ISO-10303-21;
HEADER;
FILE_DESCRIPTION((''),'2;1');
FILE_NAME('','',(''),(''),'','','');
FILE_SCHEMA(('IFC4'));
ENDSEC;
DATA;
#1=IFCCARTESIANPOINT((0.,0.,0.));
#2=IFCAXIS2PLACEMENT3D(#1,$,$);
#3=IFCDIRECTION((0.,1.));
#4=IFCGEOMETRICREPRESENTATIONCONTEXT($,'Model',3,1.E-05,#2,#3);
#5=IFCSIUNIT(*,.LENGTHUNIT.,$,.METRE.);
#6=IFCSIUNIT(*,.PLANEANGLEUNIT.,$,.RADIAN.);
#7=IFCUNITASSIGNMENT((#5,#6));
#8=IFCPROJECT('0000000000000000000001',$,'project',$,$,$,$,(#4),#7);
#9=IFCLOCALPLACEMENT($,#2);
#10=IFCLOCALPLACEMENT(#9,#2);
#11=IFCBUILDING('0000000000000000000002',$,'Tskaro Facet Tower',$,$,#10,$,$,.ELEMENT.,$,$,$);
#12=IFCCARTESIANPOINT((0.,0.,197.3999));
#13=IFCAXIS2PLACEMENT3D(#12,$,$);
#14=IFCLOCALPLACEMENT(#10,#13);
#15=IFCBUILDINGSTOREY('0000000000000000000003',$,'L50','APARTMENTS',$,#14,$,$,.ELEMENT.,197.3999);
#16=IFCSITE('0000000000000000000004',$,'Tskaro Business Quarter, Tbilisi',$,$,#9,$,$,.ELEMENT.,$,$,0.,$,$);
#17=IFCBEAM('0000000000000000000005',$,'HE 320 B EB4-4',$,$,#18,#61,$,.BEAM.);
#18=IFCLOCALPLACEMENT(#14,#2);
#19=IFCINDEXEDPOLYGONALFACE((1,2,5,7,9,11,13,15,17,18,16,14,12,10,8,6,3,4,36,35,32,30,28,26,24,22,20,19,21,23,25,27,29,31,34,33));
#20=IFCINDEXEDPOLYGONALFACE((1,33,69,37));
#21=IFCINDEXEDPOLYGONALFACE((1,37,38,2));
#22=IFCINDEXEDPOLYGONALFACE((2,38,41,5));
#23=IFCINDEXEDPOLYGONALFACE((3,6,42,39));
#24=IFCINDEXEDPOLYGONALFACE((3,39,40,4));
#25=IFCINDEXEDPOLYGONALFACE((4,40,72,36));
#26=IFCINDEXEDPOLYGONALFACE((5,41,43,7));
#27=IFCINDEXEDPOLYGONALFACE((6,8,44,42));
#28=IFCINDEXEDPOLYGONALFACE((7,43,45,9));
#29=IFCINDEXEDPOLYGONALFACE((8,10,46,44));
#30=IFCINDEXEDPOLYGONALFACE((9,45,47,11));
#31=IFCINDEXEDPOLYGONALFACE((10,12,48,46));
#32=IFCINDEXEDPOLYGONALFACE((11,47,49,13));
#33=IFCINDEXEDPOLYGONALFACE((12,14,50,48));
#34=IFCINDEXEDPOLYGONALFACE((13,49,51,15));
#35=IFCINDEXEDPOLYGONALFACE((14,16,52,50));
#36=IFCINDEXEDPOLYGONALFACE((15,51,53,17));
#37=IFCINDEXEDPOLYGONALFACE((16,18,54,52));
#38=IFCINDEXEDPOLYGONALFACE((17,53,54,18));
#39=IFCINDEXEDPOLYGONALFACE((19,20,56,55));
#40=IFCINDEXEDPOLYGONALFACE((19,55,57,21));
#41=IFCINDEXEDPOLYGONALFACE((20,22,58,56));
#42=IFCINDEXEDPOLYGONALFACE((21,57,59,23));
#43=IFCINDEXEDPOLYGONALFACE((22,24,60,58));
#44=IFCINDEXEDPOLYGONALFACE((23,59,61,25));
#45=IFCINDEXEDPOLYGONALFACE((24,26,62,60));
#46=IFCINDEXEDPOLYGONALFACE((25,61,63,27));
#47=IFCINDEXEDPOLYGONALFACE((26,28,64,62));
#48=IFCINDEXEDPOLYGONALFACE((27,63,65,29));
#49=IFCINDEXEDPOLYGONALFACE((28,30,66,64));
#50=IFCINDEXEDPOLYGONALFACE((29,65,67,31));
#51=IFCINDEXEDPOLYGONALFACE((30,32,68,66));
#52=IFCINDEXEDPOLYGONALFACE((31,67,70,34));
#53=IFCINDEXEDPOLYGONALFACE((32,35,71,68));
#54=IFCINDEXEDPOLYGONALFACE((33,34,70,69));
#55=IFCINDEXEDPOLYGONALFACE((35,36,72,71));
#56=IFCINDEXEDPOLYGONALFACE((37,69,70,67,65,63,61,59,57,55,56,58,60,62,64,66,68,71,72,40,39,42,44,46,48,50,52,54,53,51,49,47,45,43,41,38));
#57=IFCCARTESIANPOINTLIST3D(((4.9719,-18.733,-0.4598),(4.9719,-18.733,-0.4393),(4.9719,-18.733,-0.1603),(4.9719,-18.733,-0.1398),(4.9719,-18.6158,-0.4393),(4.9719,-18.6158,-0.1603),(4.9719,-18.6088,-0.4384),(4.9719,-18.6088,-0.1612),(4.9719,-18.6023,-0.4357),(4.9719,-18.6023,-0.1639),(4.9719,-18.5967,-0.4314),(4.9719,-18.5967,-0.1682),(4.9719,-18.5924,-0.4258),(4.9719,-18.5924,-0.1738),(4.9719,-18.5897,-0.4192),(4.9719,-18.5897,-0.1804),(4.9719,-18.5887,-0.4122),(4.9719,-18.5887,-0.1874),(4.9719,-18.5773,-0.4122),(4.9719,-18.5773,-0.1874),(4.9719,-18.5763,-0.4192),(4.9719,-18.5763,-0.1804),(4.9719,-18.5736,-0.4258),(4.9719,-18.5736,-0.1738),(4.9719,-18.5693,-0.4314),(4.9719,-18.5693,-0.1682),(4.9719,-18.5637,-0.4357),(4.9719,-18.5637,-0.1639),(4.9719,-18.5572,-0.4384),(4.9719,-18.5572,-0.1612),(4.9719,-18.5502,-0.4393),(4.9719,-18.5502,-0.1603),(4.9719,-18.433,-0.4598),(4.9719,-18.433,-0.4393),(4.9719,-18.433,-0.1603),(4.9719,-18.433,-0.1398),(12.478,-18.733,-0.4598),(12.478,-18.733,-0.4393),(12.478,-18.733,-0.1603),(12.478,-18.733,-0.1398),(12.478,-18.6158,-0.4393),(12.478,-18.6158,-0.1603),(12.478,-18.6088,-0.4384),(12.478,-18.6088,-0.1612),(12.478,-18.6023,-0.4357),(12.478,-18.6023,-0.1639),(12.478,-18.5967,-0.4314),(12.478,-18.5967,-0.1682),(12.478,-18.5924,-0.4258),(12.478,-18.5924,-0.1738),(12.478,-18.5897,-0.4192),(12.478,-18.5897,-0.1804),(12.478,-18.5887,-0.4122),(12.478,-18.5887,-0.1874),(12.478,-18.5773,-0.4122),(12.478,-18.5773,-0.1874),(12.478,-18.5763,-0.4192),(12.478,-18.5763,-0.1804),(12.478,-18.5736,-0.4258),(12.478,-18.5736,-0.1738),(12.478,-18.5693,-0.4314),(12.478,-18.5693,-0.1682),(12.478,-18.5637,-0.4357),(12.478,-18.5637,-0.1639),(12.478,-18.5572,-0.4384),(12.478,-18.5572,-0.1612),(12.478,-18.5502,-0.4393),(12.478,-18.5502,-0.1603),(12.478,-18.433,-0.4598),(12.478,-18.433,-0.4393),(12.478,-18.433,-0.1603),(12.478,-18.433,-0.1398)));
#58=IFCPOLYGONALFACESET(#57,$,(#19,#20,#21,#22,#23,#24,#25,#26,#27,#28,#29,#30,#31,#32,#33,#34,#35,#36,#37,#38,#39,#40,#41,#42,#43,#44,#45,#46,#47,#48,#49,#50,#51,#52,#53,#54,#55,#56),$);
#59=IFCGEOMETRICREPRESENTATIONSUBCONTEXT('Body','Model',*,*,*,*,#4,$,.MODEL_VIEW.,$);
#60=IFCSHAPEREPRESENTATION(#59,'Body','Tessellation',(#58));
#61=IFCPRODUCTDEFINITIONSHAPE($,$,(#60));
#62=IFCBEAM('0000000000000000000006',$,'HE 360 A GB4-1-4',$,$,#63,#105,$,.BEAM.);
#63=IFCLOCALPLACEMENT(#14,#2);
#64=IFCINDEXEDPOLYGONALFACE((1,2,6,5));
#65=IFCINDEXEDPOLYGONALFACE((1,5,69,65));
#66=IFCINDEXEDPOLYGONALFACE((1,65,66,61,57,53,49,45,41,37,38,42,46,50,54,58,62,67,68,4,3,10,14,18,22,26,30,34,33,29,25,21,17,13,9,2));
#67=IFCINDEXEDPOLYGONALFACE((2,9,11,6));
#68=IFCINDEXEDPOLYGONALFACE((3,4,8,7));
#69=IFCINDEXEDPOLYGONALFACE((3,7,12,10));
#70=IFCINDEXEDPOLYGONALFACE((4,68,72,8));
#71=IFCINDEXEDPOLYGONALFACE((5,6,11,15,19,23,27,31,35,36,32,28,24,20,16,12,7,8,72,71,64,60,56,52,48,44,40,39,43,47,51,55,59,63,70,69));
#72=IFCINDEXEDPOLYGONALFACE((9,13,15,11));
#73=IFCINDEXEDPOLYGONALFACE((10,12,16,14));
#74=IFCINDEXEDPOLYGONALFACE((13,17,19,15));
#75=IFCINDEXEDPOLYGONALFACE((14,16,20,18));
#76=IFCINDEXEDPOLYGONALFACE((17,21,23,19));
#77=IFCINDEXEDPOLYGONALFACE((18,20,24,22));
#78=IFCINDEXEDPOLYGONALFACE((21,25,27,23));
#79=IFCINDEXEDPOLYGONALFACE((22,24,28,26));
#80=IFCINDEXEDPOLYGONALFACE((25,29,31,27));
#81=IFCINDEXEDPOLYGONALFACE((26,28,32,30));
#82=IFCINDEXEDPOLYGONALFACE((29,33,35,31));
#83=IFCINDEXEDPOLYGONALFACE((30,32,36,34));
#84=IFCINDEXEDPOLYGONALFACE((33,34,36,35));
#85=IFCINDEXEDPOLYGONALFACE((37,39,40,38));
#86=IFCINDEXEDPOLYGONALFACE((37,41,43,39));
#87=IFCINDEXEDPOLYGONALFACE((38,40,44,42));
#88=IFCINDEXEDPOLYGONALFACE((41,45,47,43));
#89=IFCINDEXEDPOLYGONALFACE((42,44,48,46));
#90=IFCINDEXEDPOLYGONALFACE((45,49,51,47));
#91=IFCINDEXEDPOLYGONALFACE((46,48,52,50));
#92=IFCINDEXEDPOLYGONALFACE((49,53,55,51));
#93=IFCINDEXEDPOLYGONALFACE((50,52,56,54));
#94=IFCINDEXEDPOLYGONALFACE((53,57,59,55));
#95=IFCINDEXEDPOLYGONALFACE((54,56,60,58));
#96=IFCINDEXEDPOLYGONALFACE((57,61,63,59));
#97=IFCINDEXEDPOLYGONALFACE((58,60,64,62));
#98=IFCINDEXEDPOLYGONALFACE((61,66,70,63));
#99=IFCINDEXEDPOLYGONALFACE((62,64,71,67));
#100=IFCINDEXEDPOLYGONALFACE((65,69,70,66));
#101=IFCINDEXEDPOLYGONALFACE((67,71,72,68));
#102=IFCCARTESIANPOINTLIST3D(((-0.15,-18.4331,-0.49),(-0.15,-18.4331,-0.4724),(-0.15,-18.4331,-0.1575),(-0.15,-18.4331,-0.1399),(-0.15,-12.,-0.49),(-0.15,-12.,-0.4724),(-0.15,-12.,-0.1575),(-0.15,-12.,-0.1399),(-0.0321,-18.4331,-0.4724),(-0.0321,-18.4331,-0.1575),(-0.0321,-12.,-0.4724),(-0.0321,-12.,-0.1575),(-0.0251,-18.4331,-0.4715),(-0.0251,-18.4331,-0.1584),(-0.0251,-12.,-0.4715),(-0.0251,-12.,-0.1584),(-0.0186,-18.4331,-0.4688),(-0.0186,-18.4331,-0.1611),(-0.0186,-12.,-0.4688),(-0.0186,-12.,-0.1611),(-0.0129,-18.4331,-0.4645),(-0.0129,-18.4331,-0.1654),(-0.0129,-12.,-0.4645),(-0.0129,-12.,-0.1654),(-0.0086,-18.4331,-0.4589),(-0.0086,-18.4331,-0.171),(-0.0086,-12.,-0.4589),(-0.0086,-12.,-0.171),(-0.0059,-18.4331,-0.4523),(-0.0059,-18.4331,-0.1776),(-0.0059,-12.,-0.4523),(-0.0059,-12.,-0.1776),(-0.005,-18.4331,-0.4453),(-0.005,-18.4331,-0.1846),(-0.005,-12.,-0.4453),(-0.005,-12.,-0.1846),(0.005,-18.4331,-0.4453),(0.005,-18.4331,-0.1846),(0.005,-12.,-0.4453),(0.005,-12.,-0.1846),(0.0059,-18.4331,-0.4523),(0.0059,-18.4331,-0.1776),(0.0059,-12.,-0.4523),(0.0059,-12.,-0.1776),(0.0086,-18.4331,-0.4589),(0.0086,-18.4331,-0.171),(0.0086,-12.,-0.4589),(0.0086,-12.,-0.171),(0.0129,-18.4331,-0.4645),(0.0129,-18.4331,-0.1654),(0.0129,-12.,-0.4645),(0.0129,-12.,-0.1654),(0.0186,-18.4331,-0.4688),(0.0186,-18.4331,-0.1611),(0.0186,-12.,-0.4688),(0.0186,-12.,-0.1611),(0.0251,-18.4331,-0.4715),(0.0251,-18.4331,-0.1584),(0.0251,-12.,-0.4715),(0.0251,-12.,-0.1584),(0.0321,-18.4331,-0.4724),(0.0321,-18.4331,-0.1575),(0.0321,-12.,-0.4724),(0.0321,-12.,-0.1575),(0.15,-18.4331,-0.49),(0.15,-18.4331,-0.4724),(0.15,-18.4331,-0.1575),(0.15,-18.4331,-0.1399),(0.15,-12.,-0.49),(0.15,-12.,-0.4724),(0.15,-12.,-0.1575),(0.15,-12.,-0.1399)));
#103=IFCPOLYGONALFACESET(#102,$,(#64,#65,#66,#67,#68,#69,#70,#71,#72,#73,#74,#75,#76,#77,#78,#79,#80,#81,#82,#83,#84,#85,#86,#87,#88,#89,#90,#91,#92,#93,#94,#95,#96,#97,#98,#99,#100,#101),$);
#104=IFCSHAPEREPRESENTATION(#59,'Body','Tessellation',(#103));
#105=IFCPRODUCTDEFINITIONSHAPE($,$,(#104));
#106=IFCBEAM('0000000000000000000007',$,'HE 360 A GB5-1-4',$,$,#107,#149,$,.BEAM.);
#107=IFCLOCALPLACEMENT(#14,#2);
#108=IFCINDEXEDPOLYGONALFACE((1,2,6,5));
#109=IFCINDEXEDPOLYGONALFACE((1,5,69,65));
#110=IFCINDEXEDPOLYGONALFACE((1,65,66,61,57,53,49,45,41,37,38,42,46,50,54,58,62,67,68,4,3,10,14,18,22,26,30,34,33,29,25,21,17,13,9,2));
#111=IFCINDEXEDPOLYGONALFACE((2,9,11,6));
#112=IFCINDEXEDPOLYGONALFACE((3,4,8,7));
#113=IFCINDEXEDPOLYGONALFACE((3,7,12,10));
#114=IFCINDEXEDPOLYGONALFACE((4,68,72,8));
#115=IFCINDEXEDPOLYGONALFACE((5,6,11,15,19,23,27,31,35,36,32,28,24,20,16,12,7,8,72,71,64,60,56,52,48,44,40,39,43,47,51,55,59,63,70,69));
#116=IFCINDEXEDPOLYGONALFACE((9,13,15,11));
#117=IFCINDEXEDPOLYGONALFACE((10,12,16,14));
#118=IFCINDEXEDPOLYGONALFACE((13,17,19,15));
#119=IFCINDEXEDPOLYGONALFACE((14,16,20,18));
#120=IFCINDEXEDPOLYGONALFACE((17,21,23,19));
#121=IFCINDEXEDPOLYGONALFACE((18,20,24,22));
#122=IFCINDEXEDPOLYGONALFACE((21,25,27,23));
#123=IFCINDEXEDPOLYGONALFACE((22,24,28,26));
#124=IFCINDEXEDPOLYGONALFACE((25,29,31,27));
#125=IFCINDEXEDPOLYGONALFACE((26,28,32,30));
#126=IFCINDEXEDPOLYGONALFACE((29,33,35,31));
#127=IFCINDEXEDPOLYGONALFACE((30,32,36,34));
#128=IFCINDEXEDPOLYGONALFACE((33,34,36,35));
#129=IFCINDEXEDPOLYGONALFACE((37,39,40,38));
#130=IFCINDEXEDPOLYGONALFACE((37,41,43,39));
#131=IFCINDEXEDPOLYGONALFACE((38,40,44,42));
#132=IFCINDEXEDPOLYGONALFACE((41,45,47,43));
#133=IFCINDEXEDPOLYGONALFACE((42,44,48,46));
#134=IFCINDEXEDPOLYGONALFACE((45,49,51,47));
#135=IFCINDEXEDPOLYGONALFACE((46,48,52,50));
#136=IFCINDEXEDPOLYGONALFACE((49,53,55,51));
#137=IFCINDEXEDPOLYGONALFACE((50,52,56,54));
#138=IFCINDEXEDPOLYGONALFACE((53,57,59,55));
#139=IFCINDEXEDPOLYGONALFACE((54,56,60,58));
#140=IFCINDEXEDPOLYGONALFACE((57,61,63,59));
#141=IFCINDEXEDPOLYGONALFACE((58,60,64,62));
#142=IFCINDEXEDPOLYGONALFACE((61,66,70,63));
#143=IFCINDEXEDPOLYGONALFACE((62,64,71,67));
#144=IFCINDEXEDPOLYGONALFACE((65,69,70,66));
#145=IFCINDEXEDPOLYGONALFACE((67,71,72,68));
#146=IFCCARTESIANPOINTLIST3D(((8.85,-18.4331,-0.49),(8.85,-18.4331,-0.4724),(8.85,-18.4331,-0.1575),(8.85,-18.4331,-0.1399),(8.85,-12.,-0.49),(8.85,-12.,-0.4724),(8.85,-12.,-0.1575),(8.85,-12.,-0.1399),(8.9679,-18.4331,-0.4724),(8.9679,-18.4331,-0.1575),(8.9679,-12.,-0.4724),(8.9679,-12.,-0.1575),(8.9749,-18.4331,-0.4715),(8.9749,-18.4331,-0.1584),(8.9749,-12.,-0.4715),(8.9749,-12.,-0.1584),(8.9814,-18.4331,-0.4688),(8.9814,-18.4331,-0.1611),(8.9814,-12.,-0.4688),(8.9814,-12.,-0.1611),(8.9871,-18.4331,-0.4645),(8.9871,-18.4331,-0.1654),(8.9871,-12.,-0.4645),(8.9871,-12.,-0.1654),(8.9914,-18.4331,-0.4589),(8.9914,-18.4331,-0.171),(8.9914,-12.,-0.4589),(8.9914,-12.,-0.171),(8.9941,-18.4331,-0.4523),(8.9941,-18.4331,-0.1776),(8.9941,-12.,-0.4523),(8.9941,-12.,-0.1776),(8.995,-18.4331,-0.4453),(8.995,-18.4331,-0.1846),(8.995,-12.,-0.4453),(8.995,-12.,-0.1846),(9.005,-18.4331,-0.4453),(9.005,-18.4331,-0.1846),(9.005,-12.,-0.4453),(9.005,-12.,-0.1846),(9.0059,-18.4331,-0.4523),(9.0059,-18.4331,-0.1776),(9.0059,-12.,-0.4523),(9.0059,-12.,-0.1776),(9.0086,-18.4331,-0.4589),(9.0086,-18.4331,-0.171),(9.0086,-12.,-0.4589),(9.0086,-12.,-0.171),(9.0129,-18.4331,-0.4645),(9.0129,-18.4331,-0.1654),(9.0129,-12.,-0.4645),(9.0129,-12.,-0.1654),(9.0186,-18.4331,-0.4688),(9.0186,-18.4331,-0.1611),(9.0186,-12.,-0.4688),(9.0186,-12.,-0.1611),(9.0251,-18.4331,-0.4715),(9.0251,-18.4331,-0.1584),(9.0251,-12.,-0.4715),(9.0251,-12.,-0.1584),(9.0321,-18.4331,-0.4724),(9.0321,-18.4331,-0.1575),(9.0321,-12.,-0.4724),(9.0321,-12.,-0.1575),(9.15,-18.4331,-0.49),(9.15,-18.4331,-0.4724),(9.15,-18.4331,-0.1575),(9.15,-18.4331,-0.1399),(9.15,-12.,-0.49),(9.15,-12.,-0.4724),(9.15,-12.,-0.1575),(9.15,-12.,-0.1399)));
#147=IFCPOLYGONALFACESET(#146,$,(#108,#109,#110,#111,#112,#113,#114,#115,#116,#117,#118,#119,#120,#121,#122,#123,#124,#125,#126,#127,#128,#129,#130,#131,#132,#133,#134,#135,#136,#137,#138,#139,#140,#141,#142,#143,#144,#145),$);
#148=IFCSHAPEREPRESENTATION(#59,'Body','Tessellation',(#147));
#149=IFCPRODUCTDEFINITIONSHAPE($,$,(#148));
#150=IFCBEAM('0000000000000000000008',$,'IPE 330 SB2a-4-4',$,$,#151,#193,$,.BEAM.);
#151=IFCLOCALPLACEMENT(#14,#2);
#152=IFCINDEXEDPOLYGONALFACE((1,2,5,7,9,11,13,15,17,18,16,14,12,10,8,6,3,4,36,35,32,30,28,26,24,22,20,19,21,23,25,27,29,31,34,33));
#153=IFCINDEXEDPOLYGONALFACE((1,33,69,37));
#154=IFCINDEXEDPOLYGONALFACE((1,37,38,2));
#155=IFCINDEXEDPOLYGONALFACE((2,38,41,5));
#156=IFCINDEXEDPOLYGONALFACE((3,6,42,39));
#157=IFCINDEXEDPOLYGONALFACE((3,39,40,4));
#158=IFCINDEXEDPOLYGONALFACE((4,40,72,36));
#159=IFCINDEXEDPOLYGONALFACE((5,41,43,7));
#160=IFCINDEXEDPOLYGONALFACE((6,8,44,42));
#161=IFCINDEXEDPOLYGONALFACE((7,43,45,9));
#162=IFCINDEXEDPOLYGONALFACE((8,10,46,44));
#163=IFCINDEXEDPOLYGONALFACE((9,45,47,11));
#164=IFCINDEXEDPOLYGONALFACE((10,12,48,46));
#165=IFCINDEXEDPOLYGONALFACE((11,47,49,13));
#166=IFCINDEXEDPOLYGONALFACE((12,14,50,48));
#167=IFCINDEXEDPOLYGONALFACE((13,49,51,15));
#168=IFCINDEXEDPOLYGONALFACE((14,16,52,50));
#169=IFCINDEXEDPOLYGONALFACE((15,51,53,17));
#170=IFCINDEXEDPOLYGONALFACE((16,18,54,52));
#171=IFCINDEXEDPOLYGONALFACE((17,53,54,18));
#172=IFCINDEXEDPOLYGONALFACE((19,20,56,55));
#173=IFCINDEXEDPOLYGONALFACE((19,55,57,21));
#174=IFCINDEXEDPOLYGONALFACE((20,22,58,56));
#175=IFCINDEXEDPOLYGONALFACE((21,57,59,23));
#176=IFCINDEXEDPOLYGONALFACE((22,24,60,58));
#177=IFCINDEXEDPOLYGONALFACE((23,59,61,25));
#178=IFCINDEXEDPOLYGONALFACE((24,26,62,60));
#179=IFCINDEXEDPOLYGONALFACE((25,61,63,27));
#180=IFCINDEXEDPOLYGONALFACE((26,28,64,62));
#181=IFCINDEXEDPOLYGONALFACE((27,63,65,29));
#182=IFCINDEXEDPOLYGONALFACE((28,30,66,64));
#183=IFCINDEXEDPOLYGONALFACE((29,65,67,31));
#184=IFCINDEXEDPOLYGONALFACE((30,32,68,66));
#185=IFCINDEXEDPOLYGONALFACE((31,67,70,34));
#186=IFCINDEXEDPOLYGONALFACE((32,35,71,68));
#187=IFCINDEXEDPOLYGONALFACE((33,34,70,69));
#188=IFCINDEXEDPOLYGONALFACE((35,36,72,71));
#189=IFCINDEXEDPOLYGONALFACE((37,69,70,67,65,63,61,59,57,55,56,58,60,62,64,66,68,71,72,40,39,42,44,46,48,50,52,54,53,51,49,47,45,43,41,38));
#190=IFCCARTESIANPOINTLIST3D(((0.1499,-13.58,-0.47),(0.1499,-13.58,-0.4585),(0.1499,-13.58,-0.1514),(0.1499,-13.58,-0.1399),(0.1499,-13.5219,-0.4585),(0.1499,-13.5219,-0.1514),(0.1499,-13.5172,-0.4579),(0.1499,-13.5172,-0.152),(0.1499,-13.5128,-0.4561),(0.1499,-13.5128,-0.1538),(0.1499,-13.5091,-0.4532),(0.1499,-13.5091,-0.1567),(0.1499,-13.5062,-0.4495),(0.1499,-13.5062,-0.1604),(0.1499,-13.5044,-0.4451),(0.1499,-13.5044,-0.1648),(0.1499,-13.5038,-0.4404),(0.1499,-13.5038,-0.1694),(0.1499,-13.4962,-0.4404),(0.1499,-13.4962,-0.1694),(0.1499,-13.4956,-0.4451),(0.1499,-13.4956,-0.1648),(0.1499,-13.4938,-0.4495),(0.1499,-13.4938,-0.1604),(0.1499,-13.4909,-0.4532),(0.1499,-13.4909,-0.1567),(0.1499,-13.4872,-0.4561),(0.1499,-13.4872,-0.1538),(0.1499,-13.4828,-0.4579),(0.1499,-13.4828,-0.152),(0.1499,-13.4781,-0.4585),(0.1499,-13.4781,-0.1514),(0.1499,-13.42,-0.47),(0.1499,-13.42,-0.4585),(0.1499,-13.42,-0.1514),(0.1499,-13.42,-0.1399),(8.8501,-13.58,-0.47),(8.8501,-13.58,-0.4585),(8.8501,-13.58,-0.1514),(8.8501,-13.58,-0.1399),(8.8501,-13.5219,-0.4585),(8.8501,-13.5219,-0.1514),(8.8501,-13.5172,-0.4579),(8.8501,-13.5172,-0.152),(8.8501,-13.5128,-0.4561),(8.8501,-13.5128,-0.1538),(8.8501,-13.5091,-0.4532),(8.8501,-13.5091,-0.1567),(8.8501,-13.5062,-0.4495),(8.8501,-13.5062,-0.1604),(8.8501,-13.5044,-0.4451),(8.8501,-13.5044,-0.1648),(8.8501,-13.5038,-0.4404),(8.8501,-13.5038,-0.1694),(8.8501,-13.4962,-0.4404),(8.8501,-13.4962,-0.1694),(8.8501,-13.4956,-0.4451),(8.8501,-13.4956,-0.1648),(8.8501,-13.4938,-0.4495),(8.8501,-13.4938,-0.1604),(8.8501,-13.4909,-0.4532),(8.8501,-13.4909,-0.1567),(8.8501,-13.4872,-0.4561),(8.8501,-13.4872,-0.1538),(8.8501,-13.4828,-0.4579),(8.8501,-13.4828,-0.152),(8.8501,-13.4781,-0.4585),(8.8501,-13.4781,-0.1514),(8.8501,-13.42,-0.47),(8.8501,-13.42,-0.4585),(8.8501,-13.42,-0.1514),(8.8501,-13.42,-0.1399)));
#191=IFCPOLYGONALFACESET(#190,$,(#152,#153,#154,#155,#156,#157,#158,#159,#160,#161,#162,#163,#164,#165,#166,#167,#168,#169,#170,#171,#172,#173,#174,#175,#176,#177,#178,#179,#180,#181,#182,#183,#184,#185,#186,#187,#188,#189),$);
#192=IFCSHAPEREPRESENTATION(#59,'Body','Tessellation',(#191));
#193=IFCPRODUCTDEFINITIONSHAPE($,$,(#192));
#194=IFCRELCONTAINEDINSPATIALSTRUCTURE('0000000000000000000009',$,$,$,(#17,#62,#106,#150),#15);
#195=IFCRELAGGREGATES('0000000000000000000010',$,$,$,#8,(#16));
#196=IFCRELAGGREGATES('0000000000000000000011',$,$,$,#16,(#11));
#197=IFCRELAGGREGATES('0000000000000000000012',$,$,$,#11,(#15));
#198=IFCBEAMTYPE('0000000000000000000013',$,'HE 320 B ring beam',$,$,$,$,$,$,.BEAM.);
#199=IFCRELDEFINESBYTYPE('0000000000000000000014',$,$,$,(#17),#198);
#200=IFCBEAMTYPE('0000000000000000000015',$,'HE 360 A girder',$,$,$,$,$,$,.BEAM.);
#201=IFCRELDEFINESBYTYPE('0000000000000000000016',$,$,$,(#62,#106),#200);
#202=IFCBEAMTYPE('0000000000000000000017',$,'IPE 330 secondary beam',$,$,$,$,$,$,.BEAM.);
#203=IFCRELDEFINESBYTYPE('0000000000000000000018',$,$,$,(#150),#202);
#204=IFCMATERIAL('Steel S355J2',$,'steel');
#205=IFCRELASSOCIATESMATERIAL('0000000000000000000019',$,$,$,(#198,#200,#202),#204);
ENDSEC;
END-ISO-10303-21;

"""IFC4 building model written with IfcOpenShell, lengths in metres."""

from ifc_helpers import new_model, si_unit, direction, frame, origin, origin_2d, place, context, subcontext, project, spatial, i_section, extrude, material, material_profile, profile_set, type_object, element, save


model = new_model("IFC4")

# Units and contexts
model_context = context("Model", 3, precision=1e-05, world=origin(), true_north=direction((0.0, 1.0)))
body_context = subcontext(model_context, "Body", "Model", "MODEL_VIEW")
ifc_project = project(units=[si_unit("LENGTHUNIT", "METRE"), si_unit("PLANEANGLEUNIT", "RADIAN")], contexts=[model_context])

# Site, building, storey
site_placement = place(None, origin())
site = spatial("IfcSite", under=ifc_project, at=site_placement, Name="Tskaro Business Quarter, Tbilisi", CompositionType="ELEMENT", RefElevation=0.0)
building_placement = place(site_placement, origin())
building = spatial("IfcBuilding", under=site, at=building_placement, Name="Tskaro Facet Tower", CompositionType="ELEMENT")
storey_placement = place(building_placement, frame((0.0, 0.0, 197.3999)))
storey = spatial("IfcBuildingStorey", under=building, at=storey_placement, Name="L50", Description="APARTMENTS", CompositionType="ELEMENT", Elevation=197.3999)

# Beams
ifc_material_1 = material(Name="Steel S355J2", Category="steel")
ifc_material_profile_1 = material_profile(ifc_material_1, i_section(OverallWidth=0.3, OverallDepth=0.3201, WebThickness=0.0115, FlangeThickness=0.0205, FilletRadius=0.0271, at=origin_2d()), Name="HE 320 B")
ifc_profile_set_1 = profile_set([ifc_material_profile_1], Name="Steel S355J2")
beam_type_1 = type_object("IfcBeamType", Name="HE 320 B ring beam", PredefinedType="BEAM", material=ifc_profile_set_1)
beam_1_placement = place(storey_placement, frame((4.9719, -18.583, -0.2998), z_axis=(1.0, 0.0, 0.0), x_axis=(0.0, 1.0, 0.0)))
element("IfcBeam", 1, at=beam_1_placement, inside=storey, type_object=beam_type_1, Name="HE 320 B EB4-4", PredefinedType="BEAM", context=body_context, shape_type="SweptSolid", body=[
    extrude(i_section(OverallWidth=0.3, OverallDepth=0.3201, WebThickness=0.0115, FlangeThickness=0.0205, FilletRadius=0.0271, at=origin_2d()), origin(), (0.0, 0.0, 1.0), 7.5061),
])
ifc_material_profile_2 = material_profile(ifc_material_1, i_section(OverallWidth=0.3, OverallDepth=0.3501, WebThickness=0.01, FlangeThickness=0.0176, FilletRadius=0.0271, at=origin_2d()), Name="HE 360 A")
ifc_profile_set_2 = profile_set([ifc_material_profile_2], Name="Steel S355J2")
beam_type_2 = type_object("IfcBeamType", Name="HE 360 A girder", PredefinedType="BEAM", material=ifc_profile_set_2)
for number, where, z_axis, x_axis, name in (
    (2, (0.0, -18.4331, -0.3149), (0.0, 1.0, 0.0), (-1.0, 0.0, 0.0), "HE 360 A GB4-1-4"),
    (3, (9.0, -18.4331, -0.3149), (0.0, 1.0, 0.0), (-1.0, 0.0, 0.0), "HE 360 A GB5-1-4"),
):
    element("IfcBeam", number, at=place(storey_placement, frame(where, z_axis=z_axis, x_axis=x_axis)), inside=storey, type_object=beam_type_2, Name=name, PredefinedType="BEAM", context=body_context, shape_type="SweptSolid", body=[
        extrude(i_section(OverallWidth=0.3, OverallDepth=0.3501, WebThickness=0.01, FlangeThickness=0.0176, FilletRadius=0.0271, at=origin_2d()), origin(), (0.0, 0.0, 1.0), 6.4331),
    ])
ifc_material_profile_3 = material_profile(ifc_material_1, i_section(OverallWidth=0.1599, OverallDepth=0.3301, WebThickness=0.0076, FlangeThickness=0.0115, FilletRadius=0.0181, at=origin_2d()), Name="IPE 330")
ifc_profile_set_3 = profile_set([ifc_material_profile_3], Name="Steel S355J2")
beam_type_3 = type_object("IfcBeamType", Name="IPE 330 secondary beam", PredefinedType="BEAM", material=ifc_profile_set_3)
beam_2_placement = place(storey_placement, frame((0.1499, -13.5, -0.3049), z_axis=(1.0, 0.0, 0.0), x_axis=(0.0, 1.0, 0.0)))
element("IfcBeam", 4, at=beam_2_placement, inside=storey, type_object=beam_type_3, Name="IPE 330 SB2a-4-4", PredefinedType="BEAM", context=body_context, shape_type="SweptSolid", body=[
    extrude(i_section(OverallWidth=0.1599, OverallDepth=0.3301, WebThickness=0.0076, FlangeThickness=0.0115, FilletRadius=0.0181, at=origin_2d()), origin(), (0.0, 0.0, 1.0), 8.7002),
])

save(model, "model.ifc")
